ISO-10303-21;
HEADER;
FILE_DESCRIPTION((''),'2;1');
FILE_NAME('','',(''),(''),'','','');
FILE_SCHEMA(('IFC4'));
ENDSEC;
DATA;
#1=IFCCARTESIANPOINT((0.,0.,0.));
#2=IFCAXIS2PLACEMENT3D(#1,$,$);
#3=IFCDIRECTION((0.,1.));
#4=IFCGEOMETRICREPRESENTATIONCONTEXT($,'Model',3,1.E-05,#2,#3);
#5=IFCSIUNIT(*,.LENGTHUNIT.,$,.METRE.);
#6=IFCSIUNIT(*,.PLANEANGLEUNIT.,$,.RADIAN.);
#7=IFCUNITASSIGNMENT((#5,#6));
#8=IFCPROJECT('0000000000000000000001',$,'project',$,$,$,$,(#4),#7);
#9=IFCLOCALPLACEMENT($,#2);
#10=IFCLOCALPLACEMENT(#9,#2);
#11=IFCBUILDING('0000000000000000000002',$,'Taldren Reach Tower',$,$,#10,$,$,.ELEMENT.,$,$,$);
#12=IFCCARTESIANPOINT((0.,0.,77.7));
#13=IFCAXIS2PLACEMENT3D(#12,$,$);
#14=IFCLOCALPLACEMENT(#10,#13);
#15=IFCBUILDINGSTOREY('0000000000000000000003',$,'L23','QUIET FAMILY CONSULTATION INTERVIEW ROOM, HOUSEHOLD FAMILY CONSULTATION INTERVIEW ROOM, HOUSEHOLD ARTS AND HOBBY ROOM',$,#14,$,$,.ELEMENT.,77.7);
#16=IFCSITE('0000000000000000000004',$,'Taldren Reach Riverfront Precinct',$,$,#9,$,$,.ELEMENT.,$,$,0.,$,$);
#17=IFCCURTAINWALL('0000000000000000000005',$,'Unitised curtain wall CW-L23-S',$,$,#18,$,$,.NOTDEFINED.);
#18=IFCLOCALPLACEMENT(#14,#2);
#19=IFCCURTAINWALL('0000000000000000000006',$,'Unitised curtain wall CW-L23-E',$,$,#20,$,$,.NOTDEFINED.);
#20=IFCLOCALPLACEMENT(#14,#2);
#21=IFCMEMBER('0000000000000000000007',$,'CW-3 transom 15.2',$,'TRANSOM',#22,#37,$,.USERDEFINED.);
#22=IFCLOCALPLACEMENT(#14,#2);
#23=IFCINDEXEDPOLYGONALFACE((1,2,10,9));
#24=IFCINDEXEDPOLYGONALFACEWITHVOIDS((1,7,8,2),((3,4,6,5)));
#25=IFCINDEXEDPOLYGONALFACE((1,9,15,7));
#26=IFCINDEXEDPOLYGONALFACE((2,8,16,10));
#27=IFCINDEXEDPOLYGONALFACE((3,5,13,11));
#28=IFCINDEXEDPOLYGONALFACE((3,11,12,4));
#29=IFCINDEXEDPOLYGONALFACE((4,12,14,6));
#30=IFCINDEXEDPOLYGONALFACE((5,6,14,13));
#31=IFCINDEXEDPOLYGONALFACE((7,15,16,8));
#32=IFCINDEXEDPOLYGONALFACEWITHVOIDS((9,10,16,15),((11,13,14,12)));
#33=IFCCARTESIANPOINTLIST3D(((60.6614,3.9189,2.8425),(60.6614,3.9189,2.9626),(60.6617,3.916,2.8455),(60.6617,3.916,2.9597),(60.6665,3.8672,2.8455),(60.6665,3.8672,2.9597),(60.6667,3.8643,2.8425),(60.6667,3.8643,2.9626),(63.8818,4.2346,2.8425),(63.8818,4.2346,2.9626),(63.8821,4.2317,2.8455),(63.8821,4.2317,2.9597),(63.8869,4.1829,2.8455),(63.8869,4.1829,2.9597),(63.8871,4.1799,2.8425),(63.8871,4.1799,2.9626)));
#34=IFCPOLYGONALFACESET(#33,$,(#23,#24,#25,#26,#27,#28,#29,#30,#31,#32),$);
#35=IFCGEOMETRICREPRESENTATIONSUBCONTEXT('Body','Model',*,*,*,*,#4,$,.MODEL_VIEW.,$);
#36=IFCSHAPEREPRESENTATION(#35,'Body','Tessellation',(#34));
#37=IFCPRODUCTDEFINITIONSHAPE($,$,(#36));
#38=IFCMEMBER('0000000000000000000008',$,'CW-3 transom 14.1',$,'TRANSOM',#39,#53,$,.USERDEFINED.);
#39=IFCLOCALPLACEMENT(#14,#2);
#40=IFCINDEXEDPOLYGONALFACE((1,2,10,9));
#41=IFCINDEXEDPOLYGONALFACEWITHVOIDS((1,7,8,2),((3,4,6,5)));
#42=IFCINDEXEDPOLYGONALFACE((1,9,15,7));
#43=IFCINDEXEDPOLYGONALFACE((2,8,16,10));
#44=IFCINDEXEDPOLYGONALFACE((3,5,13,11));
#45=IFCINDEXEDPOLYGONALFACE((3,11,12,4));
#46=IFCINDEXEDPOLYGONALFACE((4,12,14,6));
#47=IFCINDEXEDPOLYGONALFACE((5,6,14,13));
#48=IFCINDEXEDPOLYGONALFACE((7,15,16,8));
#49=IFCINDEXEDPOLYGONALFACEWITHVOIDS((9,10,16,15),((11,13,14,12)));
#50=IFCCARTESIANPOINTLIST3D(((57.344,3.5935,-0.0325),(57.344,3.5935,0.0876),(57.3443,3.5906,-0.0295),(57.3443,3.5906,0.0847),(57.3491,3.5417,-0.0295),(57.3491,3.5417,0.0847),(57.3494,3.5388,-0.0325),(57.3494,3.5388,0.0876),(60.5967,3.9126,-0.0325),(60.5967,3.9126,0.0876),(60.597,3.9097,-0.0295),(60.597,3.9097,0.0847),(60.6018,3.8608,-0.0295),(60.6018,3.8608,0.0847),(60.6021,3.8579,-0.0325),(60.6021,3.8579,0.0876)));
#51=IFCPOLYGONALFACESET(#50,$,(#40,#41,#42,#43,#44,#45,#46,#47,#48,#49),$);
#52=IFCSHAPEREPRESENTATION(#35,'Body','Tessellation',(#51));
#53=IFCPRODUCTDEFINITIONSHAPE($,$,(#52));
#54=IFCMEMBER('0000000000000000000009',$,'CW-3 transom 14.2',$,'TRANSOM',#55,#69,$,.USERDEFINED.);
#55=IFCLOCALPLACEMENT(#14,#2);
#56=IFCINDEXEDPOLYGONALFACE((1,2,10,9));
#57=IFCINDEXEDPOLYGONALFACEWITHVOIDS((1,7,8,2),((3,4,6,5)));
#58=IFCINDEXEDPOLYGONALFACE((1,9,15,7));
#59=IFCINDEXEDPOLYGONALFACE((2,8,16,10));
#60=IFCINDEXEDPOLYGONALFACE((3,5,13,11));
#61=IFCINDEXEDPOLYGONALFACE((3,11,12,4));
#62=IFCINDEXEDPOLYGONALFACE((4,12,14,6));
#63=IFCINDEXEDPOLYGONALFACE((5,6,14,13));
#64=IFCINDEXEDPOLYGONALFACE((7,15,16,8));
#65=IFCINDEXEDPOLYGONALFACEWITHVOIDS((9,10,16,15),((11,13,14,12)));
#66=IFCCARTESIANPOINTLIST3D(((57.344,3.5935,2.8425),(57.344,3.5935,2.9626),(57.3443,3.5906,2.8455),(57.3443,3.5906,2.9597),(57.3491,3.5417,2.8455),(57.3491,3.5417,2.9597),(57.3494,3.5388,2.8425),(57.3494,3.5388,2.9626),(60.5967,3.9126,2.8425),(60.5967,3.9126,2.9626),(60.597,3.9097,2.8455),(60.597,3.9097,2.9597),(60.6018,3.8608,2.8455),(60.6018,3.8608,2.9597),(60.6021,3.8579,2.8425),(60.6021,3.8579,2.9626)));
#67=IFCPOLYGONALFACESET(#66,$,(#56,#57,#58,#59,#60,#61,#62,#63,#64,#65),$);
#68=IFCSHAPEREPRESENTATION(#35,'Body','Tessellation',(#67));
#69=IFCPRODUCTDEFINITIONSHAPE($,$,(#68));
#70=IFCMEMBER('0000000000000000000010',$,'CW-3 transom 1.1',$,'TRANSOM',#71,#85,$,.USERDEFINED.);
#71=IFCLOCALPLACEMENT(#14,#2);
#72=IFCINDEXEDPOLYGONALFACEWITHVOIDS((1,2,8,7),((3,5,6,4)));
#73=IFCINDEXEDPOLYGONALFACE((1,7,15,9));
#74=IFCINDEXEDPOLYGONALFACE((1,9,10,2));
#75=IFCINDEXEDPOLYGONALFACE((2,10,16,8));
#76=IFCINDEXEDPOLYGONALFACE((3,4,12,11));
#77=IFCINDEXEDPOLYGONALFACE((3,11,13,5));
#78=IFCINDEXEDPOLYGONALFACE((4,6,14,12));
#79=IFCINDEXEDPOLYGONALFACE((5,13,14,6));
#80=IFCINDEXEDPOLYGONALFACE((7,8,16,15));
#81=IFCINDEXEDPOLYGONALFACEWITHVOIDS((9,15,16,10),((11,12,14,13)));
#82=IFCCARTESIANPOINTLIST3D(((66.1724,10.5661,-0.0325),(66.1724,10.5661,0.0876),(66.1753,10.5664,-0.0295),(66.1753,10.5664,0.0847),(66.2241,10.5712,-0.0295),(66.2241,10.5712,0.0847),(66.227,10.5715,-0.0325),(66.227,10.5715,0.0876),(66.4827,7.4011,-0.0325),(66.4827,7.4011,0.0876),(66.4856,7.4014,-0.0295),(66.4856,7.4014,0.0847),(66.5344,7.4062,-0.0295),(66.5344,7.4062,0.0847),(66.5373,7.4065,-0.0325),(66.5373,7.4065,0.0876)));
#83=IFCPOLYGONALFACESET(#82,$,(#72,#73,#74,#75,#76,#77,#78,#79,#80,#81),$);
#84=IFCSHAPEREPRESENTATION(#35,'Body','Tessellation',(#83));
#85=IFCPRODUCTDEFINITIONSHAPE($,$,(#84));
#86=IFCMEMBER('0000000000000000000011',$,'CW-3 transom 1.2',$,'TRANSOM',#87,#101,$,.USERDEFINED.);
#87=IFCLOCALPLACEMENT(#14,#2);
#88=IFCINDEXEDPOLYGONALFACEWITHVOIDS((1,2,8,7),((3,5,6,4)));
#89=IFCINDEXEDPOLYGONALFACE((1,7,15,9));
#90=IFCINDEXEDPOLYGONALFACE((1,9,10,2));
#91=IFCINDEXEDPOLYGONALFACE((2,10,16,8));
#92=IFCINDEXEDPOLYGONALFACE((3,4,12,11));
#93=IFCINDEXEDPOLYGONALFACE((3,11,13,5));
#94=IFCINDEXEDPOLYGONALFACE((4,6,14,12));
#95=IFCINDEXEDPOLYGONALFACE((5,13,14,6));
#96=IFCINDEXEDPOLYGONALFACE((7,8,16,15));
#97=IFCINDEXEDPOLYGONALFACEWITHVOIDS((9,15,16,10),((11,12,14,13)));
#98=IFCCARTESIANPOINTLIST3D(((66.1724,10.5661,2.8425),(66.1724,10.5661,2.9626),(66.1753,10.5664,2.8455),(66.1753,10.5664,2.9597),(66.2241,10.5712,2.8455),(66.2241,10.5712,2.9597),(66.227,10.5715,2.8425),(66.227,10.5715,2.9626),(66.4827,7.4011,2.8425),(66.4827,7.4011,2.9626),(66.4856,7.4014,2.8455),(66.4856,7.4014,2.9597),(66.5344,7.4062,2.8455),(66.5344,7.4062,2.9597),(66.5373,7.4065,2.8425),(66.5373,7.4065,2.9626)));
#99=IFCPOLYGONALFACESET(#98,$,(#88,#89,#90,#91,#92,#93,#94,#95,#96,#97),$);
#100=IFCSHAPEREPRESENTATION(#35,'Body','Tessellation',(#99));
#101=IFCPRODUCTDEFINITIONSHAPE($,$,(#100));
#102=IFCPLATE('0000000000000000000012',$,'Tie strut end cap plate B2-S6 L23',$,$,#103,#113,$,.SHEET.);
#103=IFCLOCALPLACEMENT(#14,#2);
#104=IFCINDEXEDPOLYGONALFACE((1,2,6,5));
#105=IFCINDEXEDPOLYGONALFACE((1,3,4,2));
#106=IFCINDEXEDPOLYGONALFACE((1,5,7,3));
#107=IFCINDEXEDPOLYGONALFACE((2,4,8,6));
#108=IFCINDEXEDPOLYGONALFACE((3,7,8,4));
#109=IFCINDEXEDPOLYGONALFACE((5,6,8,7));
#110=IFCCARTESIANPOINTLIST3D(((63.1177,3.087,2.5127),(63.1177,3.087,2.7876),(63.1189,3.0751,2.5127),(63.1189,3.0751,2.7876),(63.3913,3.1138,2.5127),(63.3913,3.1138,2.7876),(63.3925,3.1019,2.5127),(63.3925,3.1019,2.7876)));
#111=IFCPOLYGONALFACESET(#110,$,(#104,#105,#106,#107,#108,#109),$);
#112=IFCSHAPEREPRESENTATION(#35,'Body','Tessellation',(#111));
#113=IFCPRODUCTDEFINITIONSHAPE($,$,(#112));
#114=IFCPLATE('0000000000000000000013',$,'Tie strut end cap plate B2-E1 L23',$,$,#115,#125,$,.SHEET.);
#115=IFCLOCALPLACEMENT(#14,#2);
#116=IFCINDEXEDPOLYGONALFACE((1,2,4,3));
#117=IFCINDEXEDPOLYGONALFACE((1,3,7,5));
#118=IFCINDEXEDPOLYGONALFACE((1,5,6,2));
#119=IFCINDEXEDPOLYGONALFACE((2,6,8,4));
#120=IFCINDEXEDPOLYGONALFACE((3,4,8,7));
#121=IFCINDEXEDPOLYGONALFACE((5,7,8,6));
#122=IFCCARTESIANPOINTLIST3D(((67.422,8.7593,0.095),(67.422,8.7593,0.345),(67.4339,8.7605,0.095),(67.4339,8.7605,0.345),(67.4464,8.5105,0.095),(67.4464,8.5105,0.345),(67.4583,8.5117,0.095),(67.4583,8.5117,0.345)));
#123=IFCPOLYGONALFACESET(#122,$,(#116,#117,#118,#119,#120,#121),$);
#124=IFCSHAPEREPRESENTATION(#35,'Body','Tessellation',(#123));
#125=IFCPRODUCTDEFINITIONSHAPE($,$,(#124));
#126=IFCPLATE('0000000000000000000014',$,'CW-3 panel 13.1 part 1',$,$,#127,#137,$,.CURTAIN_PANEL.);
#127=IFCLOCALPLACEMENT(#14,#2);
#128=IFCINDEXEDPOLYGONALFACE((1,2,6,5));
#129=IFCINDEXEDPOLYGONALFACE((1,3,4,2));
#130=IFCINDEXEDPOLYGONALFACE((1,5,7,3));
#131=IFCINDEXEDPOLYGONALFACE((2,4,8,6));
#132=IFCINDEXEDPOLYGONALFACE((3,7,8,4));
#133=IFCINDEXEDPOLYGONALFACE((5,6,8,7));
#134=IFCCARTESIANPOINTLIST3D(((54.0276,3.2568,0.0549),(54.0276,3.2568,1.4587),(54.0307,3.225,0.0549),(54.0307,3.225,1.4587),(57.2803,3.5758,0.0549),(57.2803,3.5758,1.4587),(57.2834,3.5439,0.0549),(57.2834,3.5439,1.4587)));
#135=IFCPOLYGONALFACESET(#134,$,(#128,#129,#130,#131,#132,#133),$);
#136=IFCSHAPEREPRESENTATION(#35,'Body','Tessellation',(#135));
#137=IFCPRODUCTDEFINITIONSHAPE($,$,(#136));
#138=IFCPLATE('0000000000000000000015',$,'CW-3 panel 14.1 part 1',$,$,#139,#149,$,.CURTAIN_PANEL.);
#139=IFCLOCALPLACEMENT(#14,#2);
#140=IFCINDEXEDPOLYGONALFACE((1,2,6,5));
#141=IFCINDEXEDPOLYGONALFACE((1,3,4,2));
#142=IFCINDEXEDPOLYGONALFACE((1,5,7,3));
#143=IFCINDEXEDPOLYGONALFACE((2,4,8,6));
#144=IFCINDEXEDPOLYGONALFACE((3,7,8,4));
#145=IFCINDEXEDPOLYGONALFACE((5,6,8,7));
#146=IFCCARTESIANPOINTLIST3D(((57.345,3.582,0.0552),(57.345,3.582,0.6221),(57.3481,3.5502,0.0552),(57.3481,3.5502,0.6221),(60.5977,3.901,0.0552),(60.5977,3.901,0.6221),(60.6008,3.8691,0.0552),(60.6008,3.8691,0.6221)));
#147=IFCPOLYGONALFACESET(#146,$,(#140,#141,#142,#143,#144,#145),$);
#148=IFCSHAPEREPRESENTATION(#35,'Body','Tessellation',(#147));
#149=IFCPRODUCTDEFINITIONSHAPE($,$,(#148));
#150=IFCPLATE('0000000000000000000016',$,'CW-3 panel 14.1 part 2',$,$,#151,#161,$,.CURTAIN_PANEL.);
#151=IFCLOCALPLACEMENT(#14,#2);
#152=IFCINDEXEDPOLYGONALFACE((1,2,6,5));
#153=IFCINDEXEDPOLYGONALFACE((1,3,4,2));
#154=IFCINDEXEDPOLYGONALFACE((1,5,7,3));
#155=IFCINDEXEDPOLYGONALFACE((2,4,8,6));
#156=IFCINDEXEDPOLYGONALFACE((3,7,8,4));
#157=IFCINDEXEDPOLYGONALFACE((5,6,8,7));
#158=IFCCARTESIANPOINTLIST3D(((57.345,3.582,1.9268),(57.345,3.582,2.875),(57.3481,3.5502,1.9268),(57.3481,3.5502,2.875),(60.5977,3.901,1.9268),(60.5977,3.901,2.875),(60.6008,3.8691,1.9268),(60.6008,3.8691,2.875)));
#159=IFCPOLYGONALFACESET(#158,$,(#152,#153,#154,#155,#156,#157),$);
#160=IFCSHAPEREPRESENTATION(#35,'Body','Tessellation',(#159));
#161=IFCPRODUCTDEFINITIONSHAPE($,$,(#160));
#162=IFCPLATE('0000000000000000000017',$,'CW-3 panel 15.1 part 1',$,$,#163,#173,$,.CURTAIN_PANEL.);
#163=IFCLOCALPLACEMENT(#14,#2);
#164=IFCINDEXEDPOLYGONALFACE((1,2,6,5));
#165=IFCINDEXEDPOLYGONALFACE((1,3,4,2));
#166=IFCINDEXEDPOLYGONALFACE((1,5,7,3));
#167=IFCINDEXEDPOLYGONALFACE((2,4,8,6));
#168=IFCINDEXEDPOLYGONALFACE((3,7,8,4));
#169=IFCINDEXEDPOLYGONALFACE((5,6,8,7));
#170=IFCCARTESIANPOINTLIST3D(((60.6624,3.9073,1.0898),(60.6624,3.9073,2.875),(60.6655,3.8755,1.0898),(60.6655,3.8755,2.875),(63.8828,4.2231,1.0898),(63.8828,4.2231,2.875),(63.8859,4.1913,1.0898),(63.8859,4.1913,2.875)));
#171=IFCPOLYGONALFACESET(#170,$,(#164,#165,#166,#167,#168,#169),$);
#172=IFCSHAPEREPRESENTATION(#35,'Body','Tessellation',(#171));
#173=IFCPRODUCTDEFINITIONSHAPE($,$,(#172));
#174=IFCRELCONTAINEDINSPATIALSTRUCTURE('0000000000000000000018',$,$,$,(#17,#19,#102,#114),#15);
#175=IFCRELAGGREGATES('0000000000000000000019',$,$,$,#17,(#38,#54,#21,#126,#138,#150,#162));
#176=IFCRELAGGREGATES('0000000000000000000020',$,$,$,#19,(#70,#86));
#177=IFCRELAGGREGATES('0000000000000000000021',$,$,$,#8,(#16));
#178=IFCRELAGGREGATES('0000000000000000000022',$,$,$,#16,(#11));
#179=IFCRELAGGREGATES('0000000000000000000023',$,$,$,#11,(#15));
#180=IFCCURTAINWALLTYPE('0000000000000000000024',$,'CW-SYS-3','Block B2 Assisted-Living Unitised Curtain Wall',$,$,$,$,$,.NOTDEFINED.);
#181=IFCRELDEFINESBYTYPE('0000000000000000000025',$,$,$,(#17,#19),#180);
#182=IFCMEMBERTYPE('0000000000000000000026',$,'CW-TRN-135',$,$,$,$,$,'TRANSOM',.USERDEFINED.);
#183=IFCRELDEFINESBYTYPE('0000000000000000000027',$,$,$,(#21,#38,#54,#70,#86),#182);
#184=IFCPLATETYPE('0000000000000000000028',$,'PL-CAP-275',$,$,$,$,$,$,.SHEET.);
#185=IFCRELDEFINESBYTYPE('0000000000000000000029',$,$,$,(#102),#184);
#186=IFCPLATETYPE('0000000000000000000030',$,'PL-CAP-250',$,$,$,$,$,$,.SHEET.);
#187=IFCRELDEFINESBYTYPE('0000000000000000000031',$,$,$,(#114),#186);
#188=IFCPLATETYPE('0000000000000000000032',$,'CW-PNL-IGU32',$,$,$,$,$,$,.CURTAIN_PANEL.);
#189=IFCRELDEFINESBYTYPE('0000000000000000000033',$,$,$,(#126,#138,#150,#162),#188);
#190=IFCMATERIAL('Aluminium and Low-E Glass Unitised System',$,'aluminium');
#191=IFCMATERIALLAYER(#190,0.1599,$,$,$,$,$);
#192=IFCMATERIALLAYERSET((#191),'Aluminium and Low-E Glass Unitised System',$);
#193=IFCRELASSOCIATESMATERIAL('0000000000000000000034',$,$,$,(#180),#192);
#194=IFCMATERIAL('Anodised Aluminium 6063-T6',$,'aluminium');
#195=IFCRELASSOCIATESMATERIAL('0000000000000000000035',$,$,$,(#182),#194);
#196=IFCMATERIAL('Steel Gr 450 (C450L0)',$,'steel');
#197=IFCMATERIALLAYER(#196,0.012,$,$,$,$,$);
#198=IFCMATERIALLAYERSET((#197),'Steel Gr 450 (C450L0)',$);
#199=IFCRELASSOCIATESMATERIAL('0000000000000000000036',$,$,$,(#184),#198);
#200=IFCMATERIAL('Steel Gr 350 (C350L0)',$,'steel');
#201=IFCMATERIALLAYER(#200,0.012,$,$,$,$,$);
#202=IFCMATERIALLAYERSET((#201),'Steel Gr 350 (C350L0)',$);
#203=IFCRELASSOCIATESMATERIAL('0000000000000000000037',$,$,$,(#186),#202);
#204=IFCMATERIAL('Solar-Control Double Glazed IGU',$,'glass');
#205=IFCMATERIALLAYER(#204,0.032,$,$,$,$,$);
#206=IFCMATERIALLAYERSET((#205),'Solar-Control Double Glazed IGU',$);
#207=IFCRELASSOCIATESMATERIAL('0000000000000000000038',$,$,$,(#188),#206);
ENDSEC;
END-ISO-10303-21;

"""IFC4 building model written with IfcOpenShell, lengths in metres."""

from ifc_helpers import new_model, si_unit, direction, frame, origin, origin_2d, place, context, subcontext, project, spatial, rectangle, hollow_rectangle, extrude, source, transform, mapped, material, layer, layer_set, material_profile, profile_set, type_object, element, aggregate, save


model = new_model("IFC4")

# Units and contexts
model_context = context("Model", 3, precision=1e-05, world=origin(), true_north=direction((0.0, 1.0)))
body_context = subcontext(model_context, "Body", "Model", "MODEL_VIEW")
ifc_project = project(units=[si_unit("LENGTHUNIT", "METRE"), si_unit("PLANEANGLEUNIT", "RADIAN")], contexts=[model_context])

# Site, building, storey
site_placement = place(None, origin())
site = spatial("IfcSite", under=ifc_project, at=site_placement, Name="Taldren Reach Riverfront Precinct", CompositionType="ELEMENT", RefElevation=0.0)
building_placement = place(site_placement, origin())
building = spatial("IfcBuilding", under=site, at=building_placement, Name="Taldren Reach Tower", CompositionType="ELEMENT")
storey_placement = place(building_placement, frame((0.0, 0.0, 77.7)))
storey = spatial("IfcBuildingStorey", under=building, at=storey_placement, Name="L23", Description="QUIET FAMILY CONSULTATION INTERVIEW ROOM, HOUSEHOLD FAMILY CONSULTATION INTERVIEW ROOM, HOUSEHOLD ARTS AND HOBBY ROOM", CompositionType="ELEMENT", Elevation=77.7)

# Shared definitions
ifc_material_1 = material(Name="Steel Gr 450 (C450L0)", Category="steel")
ifc_material_2 = material(Name="Steel Gr 350 (C350L0)", Category="steel")

# Curtain wall
ifc_material_3 = material(Name="Aluminium and Low-E Glass Unitised System", Category="aluminium")
ifc_layer_1 = layer(ifc_material_3, 0.1599)
ifc_layer_set_1 = layer_set([ifc_layer_1], Name="Aluminium and Low-E Glass Unitised System")
curtain_wall_type = type_object("IfcCurtainWallType", Name="CW-SYS-3", Description="Block B2 Assisted-Living Unitised Curtain Wall", PredefinedType="NOTDEFINED", material=ifc_layer_set_1)
curtain_wall_1_placement = place(storey_placement, origin())
curtain_wall_1 = element("IfcCurtainWall", 1, at=curtain_wall_1_placement, inside=storey, type_object=curtain_wall_type, Name="Unitised curtain wall CW-L23-S", PredefinedType="NOTDEFINED")
ifc_material_4 = material(Name="Anodised Aluminium 6063-T6", Category="aluminium")

# Curtain wall
curtain_wall_2_placement = place(storey_placement, origin())
curtain_wall_2 = element("IfcCurtainWall", 2, at=curtain_wall_2_placement, inside=storey, type_object=curtain_wall_type, Name="Unitised curtain wall CW-L23-E", PredefinedType="NOTDEFINED")

# Members
ifc_material_profile_1 = material_profile(ifc_material_4, hollow_rectangle(XDim=0.0549, YDim=0.1201, WallThickness=0.0029, at=origin_2d()), Name="ALU-120x55x3RHS")
ifc_profile_set_1 = profile_set([ifc_material_profile_1], Name="Anodised Aluminium 6063-T6")
member_type_1 = type_object("IfcMemberType", Name="CW-TRN-135", ElementType="TRANSOM", PredefinedType="USERDEFINED", material=ifc_profile_set_1)
shared_shape_1 = source(origin(), body_context, "Body", "SweptSolid", [
    extrude(hollow_rectangle(XDim=0.0549, YDim=0.1201, WallThickness=0.0029, at=origin_2d()), origin(), (0.0, 0.0, 1.0), 3.2358),
])
member_1_placement = place(storey_placement, frame((60.6641, 3.8916, 2.9026), z_axis=(0.99523, 0.097554, 0.0), x_axis=(-0.097554, 0.99523, 0.0)))
member_1 = element("IfcMember", 3, at=member_1_placement, type_object=member_type_1, Name="CW-3 transom 15.2", ObjectType="TRANSOM", PredefinedType="USERDEFINED", context=body_context, shape_type="MappedRepresentation", body=[
    mapped(shared_shape_1, transform((0.0, 0.0, 0.0), scale=1.0)),
])
shared_shape_2 = source(origin(), body_context, "Body", "SweptSolid", [
    extrude(hollow_rectangle(XDim=0.0549, YDim=0.1201, WallThickness=0.0029, at=origin_2d()), origin(), (0.0, 0.0, 1.0), 3.2683),
])
member_2_placement = place(storey_placement, frame((57.3467, 3.5662, 0.0276), z_axis=(0.995223, 0.097632, 0.0), x_axis=(-0.097632, 0.995223, 0.0)))
member_2 = element("IfcMember", 4, at=member_2_placement, type_object=member_type_1, Name="CW-3 transom 14.1", ObjectType="TRANSOM", PredefinedType="USERDEFINED", context=body_context, shape_type="MappedRepresentation", body=[
    mapped(shared_shape_2, transform((0.0, 0.0, 0.0), scale=1.0)),
])
member_3_placement = place(storey_placement, frame((57.3467, 3.5662, 2.9026), z_axis=(0.995223, 0.097632, 0.0), x_axis=(-0.097632, 0.995223, 0.0)))
member_3 = element("IfcMember", 5, at=member_3_placement, type_object=member_type_1, Name="CW-3 transom 14.2", ObjectType="TRANSOM", PredefinedType="USERDEFINED", context=body_context, shape_type="MappedRepresentation", body=[
    mapped(shared_shape_2, transform((0.0, 0.0, 0.0), scale=1.0)),
])
shared_shape_3 = source(origin(), body_context, "Body", "SweptSolid", [
    extrude(hollow_rectangle(XDim=0.0549, YDim=0.1201, WallThickness=0.0029, at=origin_2d()), origin(), (0.0, 0.0, 1.0), 3.1802),
])
member_4_placement = place(storey_placement, frame((66.51, 7.4038, 0.0276), z_axis=(-0.097573, 0.995228, 0.0), x_axis=(-0.995228, -0.097573, 0.0)))
member_4 = element("IfcMember", 6, at=member_4_placement, type_object=member_type_1, Name="CW-3 transom 1.1", ObjectType="TRANSOM", PredefinedType="USERDEFINED", context=body_context, shape_type="MappedRepresentation", body=[
    mapped(shared_shape_3, transform((0.0, 0.0, 0.0), scale=1.0)),
])
member_5_placement = place(storey_placement, frame((66.51, 7.4038, 2.9026), z_axis=(-0.097573, 0.995228, 0.0), x_axis=(-0.995228, -0.097573, 0.0)))
member_5 = element("IfcMember", 7, at=member_5_placement, type_object=member_type_1, Name="CW-3 transom 1.2", ObjectType="TRANSOM", PredefinedType="USERDEFINED", context=body_context, shape_type="MappedRepresentation", body=[
    mapped(shared_shape_3, transform((0.0, 0.0, 0.0), scale=1.0)),
])

# Plates
ifc_layer_2 = layer(ifc_material_1, 0.012)
ifc_layer_set_2 = layer_set([ifc_layer_2], Name="Steel Gr 450 (C450L0)")
plate_type_1 = type_object("IfcPlateType", Name="PL-CAP-275", PredefinedType="SHEET", material=ifc_layer_set_2)
shared_shape_4 = source(origin(), body_context, "Body", "SweptSolid", [
    extrude(rectangle(XDim=0.2749, YDim=0.012, at=origin_2d()), origin(), (0.0, 0.0, 1.0), 0.2749),
])
plate_1_placement = place(storey_placement, frame((63.2551, 3.0945, 2.5127), z_axis=(0.0, 0.0, 1.0), x_axis=(0.995227, 0.097583, 0.0)))
element("IfcPlate", 8, at=plate_1_placement, inside=storey, type_object=plate_type_1, Name="Tie strut end cap plate B2-S6 L23", PredefinedType="SHEET", context=body_context, shape_type="MappedRepresentation", body=[
    mapped(shared_shape_4, transform((0.0, 0.0, 0.0), scale=1.0)),
])
ifc_layer_3 = layer(ifc_material_2, 0.012)
ifc_layer_set_3 = layer_set([ifc_layer_3], Name="Steel Gr 350 (C350L0)")
plate_type_2 = type_object("IfcPlateType", Name="PL-CAP-250", PredefinedType="SHEET", material=ifc_layer_set_3)
shared_shape_5 = source(origin(), body_context, "Body", "SweptSolid", [
    extrude(rectangle(XDim=0.012, YDim=0.25, at=origin_2d()), origin(), (0.0, 0.0, 1.0), 0.25),
])
plate_2_placement = place(storey_placement, frame((67.4402, 8.6355, 0.095), z_axis=(0.0, 0.0, 1.0), x_axis=(0.995227, 0.097583, 0.0)))
element("IfcPlate", 9, at=plate_2_placement, inside=storey, type_object=plate_type_2, Name="Tie strut end cap plate B2-E1 L23", PredefinedType="SHEET", context=body_context, shape_type="MappedRepresentation", body=[
    mapped(shared_shape_5, transform((0.0, 0.0, 0.0), scale=1.0)),
])

# Plates
ifc_material_5 = material(Name="Solar-Control Double Glazed IGU", Category="glass")
ifc_layer_4 = layer(ifc_material_5, 0.032)
ifc_layer_set_4 = layer_set([ifc_layer_4], Name="Solar-Control Double Glazed IGU")
plate_type_3 = type_object("IfcPlateType", Name="CW-PNL-IGU32", PredefinedType="CURTAIN_PANEL", material=ifc_layer_set_4)
shared_shape_6 = source(origin(), body_context, "Body", "SweptSolid", [
    extrude(rectangle(XDim=3.2683, YDim=0.032, at=origin_2d()), origin(), (0.0, 0.0, 1.0), 1.4038),
])
plate_3_placement = place(storey_placement, frame((55.6555, 3.4004, 0.0549), z_axis=(0.0, 0.0, 1.0), x_axis=(0.995227, 0.097583, 0.0)))
plate_3 = element("IfcPlate", 10, at=plate_3_placement, type_object=plate_type_3, Name="CW-3 panel 13.1 part 1", PredefinedType="CURTAIN_PANEL", context=body_context, shape_type="MappedRepresentation", body=[
    mapped(shared_shape_6, transform((0.0, 0.0, 0.0), scale=1.0)),
])
shared_shape_7 = source(origin(), body_context, "Body", "SweptSolid", [
    extrude(rectangle(XDim=3.2683, YDim=0.032, at=origin_2d()), origin(), (0.0, 0.0, 1.0), 0.5669),
])
plate_4_placement = place(storey_placement, frame((58.9729, 3.7256, 0.0552), z_axis=(0.0, 0.0, 1.0), x_axis=(0.995227, 0.097583, 0.0)))
plate_4 = element("IfcPlate", 11, at=plate_4_placement, type_object=plate_type_3, Name="CW-3 panel 14.1 part 1", PredefinedType="CURTAIN_PANEL", context=body_context, shape_type="MappedRepresentation", body=[
    mapped(shared_shape_7, transform((0.0, 0.0, 0.0), scale=1.0)),
])
shared_shape_8 = source(origin(), body_context, "Body", "SweptSolid", [
    extrude(rectangle(XDim=3.2683, YDim=0.032, at=origin_2d()), origin(), (0.0, 0.0, 1.0), 0.9482),
])
plate_5_placement = place(storey_placement, frame((58.9729, 3.7256, 1.9268), z_axis=(0.0, 0.0, 1.0), x_axis=(0.995227, 0.097583, 0.0)))
plate_5 = element("IfcPlate", 12, at=plate_5_placement, type_object=plate_type_3, Name="CW-3 panel 14.1 part 2", PredefinedType="CURTAIN_PANEL", context=body_context, shape_type="MappedRepresentation", body=[
    mapped(shared_shape_8, transform((0.0, 0.0, 0.0), scale=1.0)),
])
shared_shape_9 = source(origin(), body_context, "Body", "SweptSolid", [
    extrude(rectangle(XDim=3.2358, YDim=0.032, at=origin_2d()), origin(), (0.0, 0.0, 1.0), 1.7852),
])
plate_6_placement = place(storey_placement, frame((62.2742, 4.0493, 1.0898), z_axis=(0.0, 0.0, 1.0), x_axis=(0.995227, 0.097583, 0.0)))
plate_6 = element("IfcPlate", 13, at=plate_6_placement, type_object=plate_type_3, Name="CW-3 panel 15.1 part 1", PredefinedType="CURTAIN_PANEL", context=body_context, shape_type="MappedRepresentation", body=[
    mapped(shared_shape_9, transform((0.0, 0.0, 0.0), scale=1.0)),
])
aggregate(curtain_wall_1, [member_2, member_3, member_1, plate_3, plate_4, plate_5, plate_6])
aggregate(curtain_wall_2, [member_4, member_5])

save(model, "model.ifc")
